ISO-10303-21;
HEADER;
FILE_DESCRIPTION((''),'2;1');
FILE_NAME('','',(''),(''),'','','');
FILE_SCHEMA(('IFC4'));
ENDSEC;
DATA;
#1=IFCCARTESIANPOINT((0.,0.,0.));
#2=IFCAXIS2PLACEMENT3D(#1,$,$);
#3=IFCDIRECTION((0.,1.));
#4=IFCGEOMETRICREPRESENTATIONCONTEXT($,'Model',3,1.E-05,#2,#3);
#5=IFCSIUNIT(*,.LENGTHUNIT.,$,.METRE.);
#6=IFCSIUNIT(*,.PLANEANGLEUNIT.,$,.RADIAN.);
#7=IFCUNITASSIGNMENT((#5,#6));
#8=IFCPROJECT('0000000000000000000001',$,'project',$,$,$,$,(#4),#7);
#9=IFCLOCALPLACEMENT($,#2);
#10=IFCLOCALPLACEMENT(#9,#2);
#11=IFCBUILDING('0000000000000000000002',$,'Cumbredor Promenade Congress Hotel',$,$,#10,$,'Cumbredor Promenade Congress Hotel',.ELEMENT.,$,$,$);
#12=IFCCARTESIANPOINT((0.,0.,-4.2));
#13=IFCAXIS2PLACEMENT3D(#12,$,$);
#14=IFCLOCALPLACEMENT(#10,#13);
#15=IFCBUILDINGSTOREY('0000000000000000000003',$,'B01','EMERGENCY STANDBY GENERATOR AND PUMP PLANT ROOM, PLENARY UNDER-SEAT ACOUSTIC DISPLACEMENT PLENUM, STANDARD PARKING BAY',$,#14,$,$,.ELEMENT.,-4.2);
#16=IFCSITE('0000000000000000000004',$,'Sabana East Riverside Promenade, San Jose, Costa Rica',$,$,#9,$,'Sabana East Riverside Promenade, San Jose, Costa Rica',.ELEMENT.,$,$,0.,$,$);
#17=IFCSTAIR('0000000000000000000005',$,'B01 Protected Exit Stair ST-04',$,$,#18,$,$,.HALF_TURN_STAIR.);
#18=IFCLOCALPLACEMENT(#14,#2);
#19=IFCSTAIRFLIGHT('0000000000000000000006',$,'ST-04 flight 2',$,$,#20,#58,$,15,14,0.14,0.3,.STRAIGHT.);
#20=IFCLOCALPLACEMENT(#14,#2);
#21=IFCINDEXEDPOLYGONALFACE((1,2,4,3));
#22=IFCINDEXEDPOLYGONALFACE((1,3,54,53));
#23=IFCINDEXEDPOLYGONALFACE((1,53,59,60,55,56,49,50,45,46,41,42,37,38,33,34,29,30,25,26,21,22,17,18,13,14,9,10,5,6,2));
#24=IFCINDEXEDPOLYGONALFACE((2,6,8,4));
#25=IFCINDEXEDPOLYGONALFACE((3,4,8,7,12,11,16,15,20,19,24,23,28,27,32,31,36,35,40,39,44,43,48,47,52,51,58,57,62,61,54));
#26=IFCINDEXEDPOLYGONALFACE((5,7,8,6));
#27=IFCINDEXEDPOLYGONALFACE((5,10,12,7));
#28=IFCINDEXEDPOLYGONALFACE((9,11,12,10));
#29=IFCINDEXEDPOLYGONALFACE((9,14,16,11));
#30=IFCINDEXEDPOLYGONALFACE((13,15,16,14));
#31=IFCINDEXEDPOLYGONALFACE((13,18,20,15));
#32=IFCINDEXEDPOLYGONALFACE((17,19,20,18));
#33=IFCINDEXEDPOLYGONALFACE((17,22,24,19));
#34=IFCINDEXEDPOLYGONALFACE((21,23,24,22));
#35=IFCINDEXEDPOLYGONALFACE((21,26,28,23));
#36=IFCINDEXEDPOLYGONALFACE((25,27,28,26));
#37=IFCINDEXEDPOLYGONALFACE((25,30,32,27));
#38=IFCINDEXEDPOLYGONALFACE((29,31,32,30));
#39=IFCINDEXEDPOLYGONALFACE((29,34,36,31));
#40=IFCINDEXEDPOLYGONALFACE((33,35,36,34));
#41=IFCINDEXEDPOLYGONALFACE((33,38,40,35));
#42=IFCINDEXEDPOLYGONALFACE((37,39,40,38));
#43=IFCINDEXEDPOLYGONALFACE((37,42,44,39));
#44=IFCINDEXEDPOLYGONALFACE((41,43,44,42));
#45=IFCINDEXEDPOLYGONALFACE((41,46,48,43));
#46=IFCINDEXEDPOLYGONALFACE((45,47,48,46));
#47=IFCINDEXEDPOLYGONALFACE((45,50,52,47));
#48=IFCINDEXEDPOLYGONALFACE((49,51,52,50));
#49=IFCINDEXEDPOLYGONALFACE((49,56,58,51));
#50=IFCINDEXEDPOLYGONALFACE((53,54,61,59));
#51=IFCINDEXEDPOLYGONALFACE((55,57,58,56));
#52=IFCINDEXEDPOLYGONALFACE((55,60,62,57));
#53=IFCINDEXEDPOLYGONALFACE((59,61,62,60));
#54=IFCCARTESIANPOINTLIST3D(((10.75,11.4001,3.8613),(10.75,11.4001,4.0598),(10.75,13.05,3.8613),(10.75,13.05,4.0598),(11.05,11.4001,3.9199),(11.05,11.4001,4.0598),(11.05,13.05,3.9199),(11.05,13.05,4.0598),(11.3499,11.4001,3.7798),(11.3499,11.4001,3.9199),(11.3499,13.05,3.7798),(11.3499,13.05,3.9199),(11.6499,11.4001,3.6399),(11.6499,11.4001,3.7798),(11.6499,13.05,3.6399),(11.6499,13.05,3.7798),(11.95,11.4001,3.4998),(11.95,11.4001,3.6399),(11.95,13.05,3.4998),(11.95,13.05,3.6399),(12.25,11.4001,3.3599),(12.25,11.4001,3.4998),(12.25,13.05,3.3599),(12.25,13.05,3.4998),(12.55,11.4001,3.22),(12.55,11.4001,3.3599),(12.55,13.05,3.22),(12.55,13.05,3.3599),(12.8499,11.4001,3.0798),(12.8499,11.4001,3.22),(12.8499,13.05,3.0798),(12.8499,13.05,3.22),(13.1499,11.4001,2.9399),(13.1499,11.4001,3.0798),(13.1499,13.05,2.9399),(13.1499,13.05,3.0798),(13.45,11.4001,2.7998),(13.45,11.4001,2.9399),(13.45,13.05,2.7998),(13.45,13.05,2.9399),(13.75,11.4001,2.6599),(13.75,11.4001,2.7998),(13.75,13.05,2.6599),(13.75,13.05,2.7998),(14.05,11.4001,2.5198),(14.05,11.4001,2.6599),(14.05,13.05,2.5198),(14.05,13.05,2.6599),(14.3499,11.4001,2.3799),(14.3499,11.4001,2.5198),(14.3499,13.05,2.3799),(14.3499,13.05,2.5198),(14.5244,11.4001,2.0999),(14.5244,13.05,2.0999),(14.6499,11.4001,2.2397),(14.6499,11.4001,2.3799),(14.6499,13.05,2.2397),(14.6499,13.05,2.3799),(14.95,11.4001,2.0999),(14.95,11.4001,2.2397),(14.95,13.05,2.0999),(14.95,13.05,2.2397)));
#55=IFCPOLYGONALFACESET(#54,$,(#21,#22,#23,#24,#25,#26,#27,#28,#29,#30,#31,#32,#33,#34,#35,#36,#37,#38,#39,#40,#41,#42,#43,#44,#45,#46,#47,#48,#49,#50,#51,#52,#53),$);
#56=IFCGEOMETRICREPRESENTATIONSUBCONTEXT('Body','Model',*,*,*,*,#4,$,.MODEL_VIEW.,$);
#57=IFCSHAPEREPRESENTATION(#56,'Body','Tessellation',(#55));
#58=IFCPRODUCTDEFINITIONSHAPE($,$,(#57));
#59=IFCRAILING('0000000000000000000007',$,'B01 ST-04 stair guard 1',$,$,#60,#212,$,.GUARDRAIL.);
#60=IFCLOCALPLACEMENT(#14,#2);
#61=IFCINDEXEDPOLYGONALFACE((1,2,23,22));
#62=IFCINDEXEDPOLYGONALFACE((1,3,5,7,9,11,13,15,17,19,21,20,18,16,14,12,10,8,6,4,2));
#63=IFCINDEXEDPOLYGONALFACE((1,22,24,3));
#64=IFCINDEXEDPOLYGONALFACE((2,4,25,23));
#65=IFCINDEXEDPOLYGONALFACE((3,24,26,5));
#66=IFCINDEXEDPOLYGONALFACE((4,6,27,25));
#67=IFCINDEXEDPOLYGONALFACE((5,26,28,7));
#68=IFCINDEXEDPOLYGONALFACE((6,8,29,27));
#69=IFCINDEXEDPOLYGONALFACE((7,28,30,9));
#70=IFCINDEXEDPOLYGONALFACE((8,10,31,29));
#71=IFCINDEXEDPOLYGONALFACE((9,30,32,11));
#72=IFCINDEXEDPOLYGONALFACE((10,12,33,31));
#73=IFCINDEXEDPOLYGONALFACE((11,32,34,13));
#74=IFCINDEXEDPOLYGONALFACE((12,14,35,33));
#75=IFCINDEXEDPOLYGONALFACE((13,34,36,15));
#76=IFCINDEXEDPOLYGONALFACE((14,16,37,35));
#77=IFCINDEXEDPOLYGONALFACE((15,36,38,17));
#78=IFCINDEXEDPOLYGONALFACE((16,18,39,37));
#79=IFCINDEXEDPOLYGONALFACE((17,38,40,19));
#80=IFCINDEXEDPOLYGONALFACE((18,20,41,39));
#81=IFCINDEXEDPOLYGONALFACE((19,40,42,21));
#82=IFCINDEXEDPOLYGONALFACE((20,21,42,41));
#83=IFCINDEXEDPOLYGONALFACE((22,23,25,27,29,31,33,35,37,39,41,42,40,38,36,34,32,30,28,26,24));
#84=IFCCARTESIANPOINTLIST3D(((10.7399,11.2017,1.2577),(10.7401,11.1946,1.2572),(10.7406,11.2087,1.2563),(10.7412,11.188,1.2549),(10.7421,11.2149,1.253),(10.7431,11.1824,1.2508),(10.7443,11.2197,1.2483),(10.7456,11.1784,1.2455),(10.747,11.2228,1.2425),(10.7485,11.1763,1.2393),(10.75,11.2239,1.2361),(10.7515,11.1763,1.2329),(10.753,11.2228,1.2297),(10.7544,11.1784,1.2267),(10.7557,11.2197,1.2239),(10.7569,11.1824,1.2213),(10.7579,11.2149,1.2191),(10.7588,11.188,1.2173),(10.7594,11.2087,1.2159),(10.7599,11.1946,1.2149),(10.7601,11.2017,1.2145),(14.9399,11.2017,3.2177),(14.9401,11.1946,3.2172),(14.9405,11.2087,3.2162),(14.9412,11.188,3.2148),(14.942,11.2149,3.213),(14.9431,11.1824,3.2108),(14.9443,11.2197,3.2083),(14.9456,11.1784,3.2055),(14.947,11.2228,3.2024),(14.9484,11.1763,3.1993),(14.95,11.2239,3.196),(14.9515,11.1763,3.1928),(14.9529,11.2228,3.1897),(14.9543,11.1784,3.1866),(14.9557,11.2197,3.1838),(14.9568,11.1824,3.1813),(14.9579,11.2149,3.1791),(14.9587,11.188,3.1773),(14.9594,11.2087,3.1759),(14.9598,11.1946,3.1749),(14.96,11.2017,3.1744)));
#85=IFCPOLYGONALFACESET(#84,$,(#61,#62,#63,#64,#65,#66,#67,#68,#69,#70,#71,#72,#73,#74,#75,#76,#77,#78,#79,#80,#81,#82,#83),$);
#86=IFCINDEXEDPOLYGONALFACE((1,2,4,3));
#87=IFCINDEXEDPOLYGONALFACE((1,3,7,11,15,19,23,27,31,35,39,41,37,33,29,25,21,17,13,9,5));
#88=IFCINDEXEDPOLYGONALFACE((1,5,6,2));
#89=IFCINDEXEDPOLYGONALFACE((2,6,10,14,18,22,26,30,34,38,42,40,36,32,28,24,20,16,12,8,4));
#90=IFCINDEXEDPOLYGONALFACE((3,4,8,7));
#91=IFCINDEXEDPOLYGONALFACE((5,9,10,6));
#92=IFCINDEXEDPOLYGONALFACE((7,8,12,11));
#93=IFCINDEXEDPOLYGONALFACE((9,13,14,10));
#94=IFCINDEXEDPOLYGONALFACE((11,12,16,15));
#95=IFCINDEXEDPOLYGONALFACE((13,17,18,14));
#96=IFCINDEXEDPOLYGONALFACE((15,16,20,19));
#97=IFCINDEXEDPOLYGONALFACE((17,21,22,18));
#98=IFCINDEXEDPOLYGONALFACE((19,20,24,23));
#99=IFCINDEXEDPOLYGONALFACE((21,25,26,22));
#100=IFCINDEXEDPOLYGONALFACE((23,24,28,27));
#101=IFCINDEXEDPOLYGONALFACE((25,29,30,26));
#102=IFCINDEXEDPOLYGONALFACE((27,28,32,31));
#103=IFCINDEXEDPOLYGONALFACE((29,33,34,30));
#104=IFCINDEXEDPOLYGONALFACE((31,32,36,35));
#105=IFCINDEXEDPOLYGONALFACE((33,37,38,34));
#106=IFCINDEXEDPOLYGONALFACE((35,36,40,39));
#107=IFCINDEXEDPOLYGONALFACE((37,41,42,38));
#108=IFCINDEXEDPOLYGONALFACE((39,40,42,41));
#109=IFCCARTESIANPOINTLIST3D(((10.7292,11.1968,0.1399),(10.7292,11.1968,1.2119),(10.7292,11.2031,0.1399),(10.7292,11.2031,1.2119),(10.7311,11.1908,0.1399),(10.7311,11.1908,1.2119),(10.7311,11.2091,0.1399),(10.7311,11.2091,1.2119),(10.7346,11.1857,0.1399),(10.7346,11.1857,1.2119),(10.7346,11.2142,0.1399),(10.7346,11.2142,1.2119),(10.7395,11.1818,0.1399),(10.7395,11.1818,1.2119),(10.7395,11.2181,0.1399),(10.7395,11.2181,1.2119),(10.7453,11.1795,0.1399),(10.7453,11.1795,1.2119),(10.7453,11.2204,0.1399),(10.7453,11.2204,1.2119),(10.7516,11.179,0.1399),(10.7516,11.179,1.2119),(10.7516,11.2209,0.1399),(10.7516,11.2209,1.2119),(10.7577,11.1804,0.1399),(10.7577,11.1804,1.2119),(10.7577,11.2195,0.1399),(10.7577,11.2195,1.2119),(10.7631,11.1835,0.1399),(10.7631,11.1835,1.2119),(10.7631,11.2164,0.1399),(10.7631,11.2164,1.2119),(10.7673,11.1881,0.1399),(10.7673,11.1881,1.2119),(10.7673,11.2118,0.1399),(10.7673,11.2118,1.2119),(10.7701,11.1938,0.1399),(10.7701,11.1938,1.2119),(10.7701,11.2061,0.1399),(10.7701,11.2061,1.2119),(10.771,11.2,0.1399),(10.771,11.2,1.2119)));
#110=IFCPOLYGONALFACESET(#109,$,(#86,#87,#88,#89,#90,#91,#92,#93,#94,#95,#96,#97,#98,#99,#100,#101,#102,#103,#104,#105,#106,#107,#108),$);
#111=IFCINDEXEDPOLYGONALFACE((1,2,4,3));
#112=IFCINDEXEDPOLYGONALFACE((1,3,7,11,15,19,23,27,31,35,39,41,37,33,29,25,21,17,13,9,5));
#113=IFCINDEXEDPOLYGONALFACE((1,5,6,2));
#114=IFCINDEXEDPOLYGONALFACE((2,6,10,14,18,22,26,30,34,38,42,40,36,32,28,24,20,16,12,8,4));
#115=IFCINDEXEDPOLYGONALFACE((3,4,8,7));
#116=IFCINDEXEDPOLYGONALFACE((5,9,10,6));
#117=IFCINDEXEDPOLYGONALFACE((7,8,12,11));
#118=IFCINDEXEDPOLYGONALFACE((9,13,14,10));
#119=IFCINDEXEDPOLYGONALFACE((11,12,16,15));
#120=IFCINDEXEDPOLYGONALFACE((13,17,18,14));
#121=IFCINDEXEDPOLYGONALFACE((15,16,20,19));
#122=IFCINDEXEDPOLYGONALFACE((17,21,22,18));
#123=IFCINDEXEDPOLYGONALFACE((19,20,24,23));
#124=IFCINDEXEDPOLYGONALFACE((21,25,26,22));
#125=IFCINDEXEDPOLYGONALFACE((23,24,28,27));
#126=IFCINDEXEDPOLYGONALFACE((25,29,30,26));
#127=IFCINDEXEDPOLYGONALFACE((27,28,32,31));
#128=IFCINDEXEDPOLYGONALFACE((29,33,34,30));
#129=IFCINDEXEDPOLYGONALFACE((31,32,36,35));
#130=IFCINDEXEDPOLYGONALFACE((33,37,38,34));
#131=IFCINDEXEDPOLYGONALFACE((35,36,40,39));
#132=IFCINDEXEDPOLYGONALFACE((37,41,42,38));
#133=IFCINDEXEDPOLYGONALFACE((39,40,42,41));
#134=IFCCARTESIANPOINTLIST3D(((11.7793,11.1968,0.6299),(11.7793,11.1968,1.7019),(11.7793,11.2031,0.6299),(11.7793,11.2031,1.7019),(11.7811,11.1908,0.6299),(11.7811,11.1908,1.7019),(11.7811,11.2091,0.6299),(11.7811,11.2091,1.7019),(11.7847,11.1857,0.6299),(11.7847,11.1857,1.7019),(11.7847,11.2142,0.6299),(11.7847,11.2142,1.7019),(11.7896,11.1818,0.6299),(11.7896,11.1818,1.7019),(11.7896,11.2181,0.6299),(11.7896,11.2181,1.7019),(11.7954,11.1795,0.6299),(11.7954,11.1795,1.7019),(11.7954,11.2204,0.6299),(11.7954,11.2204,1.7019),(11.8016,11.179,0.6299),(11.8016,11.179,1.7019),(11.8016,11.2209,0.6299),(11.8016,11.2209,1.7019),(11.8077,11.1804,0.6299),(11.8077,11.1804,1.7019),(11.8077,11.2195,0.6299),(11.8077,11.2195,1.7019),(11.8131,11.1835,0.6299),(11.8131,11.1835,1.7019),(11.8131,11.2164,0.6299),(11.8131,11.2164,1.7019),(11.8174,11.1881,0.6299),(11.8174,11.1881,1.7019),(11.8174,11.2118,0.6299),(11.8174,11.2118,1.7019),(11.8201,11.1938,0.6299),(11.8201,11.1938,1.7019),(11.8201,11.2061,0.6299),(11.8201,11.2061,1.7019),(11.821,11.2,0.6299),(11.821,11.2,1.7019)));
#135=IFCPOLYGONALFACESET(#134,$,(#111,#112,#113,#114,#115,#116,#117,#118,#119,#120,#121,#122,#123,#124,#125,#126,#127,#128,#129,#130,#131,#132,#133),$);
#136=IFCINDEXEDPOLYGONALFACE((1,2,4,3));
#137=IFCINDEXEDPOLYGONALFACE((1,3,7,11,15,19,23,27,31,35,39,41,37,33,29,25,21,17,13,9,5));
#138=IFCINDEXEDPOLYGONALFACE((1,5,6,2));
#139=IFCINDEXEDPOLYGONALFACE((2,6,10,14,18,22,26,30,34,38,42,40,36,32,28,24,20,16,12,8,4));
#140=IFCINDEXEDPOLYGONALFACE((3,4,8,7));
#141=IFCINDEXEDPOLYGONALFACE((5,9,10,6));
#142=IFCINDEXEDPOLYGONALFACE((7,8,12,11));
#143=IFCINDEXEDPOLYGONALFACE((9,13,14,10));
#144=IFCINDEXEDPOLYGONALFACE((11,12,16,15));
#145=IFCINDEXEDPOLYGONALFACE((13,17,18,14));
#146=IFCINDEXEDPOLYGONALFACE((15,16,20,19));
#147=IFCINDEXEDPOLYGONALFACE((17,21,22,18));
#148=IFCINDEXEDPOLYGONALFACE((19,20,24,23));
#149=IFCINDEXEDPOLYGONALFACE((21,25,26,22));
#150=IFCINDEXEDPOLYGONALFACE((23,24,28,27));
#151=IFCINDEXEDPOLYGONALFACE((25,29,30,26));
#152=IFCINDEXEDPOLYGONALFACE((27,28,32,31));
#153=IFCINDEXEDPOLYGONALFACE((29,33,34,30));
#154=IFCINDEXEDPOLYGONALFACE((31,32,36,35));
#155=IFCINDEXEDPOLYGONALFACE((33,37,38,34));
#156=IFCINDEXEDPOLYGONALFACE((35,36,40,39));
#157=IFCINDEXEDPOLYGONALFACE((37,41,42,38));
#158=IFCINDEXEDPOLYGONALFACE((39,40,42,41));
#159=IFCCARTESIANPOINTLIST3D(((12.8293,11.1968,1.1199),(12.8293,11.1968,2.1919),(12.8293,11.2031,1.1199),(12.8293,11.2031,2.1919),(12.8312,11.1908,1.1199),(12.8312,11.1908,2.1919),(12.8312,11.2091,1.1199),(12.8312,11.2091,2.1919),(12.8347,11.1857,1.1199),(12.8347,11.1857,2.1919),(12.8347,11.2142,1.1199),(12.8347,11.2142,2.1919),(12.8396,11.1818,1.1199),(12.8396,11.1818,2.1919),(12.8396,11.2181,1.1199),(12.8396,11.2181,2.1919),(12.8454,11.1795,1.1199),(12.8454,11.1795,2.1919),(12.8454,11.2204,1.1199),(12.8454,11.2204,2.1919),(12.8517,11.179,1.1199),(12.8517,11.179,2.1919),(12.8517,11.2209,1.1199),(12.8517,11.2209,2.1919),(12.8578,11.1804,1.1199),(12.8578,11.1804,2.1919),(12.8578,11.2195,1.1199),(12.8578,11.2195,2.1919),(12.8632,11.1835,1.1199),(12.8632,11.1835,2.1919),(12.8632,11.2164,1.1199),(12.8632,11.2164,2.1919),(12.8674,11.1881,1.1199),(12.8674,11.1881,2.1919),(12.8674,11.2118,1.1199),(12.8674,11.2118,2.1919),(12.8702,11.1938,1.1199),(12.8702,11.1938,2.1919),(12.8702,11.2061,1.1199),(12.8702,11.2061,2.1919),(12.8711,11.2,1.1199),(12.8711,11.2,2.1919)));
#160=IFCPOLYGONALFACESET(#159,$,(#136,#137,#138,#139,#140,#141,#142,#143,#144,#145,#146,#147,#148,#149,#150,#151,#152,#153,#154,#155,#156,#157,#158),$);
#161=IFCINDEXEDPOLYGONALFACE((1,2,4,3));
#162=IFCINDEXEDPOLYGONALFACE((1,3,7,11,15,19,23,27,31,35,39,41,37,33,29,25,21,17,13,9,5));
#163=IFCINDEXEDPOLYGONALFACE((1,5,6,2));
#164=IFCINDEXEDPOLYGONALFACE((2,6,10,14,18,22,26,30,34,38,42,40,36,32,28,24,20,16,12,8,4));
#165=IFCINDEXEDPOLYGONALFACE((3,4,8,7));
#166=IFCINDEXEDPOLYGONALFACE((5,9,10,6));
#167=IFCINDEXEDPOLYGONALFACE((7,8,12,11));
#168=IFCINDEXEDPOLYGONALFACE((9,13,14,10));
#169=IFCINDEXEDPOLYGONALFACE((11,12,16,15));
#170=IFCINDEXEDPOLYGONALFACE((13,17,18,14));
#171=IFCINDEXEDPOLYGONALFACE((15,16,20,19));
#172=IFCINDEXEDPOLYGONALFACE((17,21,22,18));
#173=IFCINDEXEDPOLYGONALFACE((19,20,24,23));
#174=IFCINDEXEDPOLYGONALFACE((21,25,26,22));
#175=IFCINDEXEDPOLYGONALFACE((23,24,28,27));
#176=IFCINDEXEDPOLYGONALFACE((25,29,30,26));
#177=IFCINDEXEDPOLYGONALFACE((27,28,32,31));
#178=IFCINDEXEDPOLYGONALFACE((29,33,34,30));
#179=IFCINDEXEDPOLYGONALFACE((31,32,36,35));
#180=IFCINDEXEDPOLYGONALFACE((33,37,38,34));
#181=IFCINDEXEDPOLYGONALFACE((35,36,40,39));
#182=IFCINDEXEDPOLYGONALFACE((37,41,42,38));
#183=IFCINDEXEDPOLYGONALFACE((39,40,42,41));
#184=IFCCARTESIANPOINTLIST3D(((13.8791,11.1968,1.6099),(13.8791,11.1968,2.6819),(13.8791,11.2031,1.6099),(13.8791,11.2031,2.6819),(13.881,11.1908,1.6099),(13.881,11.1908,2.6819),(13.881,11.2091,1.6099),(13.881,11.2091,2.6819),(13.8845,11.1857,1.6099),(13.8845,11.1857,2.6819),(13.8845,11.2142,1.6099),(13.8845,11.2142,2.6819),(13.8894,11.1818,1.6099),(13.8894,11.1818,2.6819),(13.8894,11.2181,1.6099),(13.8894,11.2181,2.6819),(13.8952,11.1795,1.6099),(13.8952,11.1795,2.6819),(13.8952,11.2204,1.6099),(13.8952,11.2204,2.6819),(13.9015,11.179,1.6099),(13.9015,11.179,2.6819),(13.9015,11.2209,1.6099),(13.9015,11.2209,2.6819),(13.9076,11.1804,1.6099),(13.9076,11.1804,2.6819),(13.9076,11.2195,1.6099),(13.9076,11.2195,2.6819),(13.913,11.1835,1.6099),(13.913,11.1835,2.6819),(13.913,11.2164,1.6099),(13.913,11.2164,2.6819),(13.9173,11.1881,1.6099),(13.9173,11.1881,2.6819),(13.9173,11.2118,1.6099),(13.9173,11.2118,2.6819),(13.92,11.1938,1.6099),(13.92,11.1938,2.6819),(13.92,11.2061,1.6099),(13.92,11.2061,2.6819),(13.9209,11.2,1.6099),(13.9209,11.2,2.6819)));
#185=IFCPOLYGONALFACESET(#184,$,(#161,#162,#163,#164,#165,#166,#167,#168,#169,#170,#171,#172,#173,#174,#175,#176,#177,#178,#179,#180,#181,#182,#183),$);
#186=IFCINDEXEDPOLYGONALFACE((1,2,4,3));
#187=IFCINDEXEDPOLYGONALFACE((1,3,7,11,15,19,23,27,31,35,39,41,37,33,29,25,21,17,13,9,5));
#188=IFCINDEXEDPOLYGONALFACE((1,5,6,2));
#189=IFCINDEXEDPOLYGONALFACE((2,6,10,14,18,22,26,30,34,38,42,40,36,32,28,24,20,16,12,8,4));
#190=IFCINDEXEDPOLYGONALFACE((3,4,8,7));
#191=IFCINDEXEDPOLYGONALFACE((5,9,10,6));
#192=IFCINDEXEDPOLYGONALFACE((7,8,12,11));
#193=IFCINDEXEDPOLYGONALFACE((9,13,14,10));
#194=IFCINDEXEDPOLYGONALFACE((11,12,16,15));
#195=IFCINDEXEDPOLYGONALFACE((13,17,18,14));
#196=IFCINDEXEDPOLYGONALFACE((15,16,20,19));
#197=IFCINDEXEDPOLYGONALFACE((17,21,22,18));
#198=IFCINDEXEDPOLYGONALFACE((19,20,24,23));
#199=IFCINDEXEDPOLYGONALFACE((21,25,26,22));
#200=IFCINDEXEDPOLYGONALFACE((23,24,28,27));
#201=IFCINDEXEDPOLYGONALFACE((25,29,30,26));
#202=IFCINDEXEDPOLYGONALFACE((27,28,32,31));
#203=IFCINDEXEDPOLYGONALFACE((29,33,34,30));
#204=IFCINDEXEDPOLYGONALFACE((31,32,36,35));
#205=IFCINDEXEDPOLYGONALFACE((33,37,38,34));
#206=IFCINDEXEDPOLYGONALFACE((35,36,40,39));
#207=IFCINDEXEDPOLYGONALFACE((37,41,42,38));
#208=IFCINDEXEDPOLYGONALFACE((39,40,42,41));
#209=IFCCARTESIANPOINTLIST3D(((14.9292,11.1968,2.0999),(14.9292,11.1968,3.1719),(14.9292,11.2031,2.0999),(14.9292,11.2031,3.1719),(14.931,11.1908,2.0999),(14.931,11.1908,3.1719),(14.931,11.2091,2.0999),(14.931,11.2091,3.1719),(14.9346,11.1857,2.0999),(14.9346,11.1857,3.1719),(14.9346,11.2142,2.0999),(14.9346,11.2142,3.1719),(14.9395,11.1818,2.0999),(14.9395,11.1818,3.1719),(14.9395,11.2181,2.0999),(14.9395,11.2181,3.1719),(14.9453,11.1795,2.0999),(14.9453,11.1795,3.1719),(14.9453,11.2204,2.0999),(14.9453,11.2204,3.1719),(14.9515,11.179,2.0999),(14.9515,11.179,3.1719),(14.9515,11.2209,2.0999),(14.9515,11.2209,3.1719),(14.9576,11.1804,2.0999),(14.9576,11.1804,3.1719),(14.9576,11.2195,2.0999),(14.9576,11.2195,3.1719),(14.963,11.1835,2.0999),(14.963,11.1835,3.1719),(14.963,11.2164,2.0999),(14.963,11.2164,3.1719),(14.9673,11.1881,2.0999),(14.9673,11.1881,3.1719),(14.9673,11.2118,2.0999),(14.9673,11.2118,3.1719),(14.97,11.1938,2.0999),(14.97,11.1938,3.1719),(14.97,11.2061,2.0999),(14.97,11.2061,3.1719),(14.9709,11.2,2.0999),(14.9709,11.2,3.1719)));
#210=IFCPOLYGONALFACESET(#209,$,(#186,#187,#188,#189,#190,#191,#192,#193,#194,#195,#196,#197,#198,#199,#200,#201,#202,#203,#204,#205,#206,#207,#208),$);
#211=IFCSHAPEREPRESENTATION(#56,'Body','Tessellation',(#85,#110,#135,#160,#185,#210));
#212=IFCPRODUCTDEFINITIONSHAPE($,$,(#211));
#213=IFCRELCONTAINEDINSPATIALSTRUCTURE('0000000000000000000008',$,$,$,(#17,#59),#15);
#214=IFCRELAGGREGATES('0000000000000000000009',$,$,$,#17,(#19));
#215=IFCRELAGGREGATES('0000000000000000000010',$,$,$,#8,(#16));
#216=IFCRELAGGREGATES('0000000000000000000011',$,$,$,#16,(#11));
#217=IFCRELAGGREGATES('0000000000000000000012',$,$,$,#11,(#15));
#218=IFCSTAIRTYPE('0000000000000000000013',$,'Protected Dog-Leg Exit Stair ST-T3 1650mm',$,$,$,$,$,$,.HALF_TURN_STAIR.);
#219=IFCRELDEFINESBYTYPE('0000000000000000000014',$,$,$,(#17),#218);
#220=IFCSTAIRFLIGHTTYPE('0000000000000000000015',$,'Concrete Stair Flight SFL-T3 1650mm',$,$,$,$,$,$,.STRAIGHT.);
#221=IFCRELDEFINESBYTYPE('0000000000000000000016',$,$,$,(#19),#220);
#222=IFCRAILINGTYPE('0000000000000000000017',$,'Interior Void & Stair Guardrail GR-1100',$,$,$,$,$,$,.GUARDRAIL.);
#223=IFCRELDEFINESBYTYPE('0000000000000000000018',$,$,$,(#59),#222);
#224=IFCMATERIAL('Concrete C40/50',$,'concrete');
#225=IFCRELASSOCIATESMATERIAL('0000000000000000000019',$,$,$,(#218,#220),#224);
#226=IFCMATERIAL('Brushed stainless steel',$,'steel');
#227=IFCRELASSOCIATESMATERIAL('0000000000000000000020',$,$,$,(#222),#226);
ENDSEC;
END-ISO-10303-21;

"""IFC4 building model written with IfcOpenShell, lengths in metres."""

from ifc_helpers import new_model, si_unit, direction, frame, origin, origin_2d, place, context, subcontext, project, spatial, polyline, circle, outline, extrude, material, type_object, element, aggregate, save


model = new_model("IFC4")

# Units and contexts
model_context = context("Model", 3, precision=1e-05, world=origin(), true_north=direction((0.0, 1.0)))
body_context = subcontext(model_context, "Body", "Model", "MODEL_VIEW")
ifc_project = project(units=[si_unit("LENGTHUNIT", "METRE"), si_unit("PLANEANGLEUNIT", "RADIAN")], contexts=[model_context])

# Site, building, storey
site_placement = place(None, origin())
site = spatial("IfcSite", under=ifc_project, at=site_placement, Name="Sabana East Riverside Promenade, San Jose, Costa Rica", LongName="Sabana East Riverside Promenade, San Jose, Costa Rica", CompositionType="ELEMENT", RefElevation=0.0)
building_placement = place(site_placement, origin())
building = spatial("IfcBuilding", under=site, at=building_placement, Name="Cumbredor Promenade Congress Hotel", LongName="Cumbredor Promenade Congress Hotel", CompositionType="ELEMENT")
storey_placement = place(building_placement, frame((0.0, 0.0, -4.2)))
storey = spatial("IfcBuildingStorey", under=building, at=storey_placement, Name="B01", Description="EMERGENCY STANDBY GENERATOR AND PUMP PLANT ROOM, PLENARY UNDER-SEAT ACOUSTIC DISPLACEMENT PLENUM, STANDARD PARKING BAY", CompositionType="ELEMENT", Elevation=-4.2)

# Shared definitions
ifc_material_1 = material(Name="Concrete C40/50", Category="concrete")

# Stair, stair flight
stair_type = type_object("IfcStairType", Name="Protected Dog-Leg Exit Stair ST-T3 1650mm", PredefinedType="HALF_TURN_STAIR", material=ifc_material_1)
stair_placement = place(storey_placement, origin())
stair = element("IfcStair", 1, at=stair_placement, inside=storey, type_object=stair_type, Name="B01 Protected Exit Stair ST-04", PredefinedType="HALF_TURN_STAIR")
stair_flight_type = type_object("IfcStairFlightType", Name="Concrete Stair Flight SFL-T3 1650mm", PredefinedType="STRAIGHT", material=ifc_material_1)
stair_flight_1_placement = place(storey_placement, frame((14.95, 12.2251, 2.0999), z_axis=(0.0, 0.0, 1.0), x_axis=(-1.0, 0.0, 0.0)))
stair_flight_1 = element("IfcStairFlight", 2, at=stair_flight_1_placement, type_object=stair_flight_type, Name="ST-04 flight 2", NumberOfRisers=15, NumberOfTreads=14, PredefinedType="STRAIGHT", RiserHeight=0.14, TreadLength=0.3, context=body_context, shape_type="SweptSolid", body=[
    extrude(outline(polyline([(0.0, 0.0), (0.0, 0.1399), (0.3, 0.1399), (0.3, 0.28), (0.6001, 0.28), (0.6001, 0.4199), (0.8999, 0.4199), (0.8999, 0.5601), (1.2, 0.5601), (1.2, 0.7), (1.5, 0.7), (1.5, 0.8401), (1.8, 0.8401), (1.8, 0.98), (2.1001, 0.98), (2.1001, 1.1201), (2.3999, 1.1201), (2.3999, 1.26), (2.7, 1.26), (2.7, 1.3999), (3.0, 1.3999), (3.0, 1.54), (3.3, 1.54), (3.3, 1.6799), (3.6001, 1.6799), (3.6001, 1.8201), (3.8999, 1.8201), (3.8999, 1.96), (4.2, 1.96), (4.2, 2.1001), (4.2, 1.7615), (0.4255, 0.0), (0.0, 0.0)])), frame((0.0, 0.825, 0.0), z_axis=(0.0, -1.0, 0.0), x_axis=(1.0, 0.0, 0.0)), (0.0, 0.0, 1.0), 1.6499),
])
aggregate(stair, [stair_flight_1])

# Railing
ifc_material_2 = material(Name="Brushed stainless steel", Category="steel")
railing_type_1 = type_object("IfcRailingType", Name="Interior Void & Stair Guardrail GR-1100", PredefinedType="GUARDRAIL", material=ifc_material_2)
railing_1_placement = place(storey_placement, frame((10.75, 11.2, 0.1399)))
element("IfcRailing", 3, at=railing_1_placement, inside=storey, type_object=railing_type_1, Name="B01 ST-04 stair guard 1", PredefinedType="GUARDRAIL", context=body_context, shape_type="SweptSolid", body=[
    extrude(circle(Radius=0.0239, at=origin_2d()), frame((0.0, 0.0, 1.0962), z_axis=(0.906184, 0.0, 0.422883), x_axis=(0.0, 1.0, 0.0)), (0.0, 0.0, 1.0), 4.6348),
    extrude(circle(Radius=0.021, at=origin_2d()), origin(), (0.0, 0.0, 1.0), 1.072),
    extrude(circle(Radius=0.021, at=origin_2d()), frame((1.05, 0.0, 0.49)), (0.0, 0.0, 1.0), 1.072),
    extrude(circle(Radius=0.021, at=origin_2d()), frame((2.1001, 0.0, 0.98)), (0.0, 0.0, 1.0), 1.072),
    extrude(circle(Radius=0.021, at=origin_2d()), frame((3.1499, 0.0, 1.47)), (0.0, 0.0, 1.0), 1.072),
    extrude(circle(Radius=0.021, at=origin_2d()), frame((4.2, 0.0, 1.96)), (0.0, 0.0, 1.0), 1.072),
])

save(model, "model.ifc")
